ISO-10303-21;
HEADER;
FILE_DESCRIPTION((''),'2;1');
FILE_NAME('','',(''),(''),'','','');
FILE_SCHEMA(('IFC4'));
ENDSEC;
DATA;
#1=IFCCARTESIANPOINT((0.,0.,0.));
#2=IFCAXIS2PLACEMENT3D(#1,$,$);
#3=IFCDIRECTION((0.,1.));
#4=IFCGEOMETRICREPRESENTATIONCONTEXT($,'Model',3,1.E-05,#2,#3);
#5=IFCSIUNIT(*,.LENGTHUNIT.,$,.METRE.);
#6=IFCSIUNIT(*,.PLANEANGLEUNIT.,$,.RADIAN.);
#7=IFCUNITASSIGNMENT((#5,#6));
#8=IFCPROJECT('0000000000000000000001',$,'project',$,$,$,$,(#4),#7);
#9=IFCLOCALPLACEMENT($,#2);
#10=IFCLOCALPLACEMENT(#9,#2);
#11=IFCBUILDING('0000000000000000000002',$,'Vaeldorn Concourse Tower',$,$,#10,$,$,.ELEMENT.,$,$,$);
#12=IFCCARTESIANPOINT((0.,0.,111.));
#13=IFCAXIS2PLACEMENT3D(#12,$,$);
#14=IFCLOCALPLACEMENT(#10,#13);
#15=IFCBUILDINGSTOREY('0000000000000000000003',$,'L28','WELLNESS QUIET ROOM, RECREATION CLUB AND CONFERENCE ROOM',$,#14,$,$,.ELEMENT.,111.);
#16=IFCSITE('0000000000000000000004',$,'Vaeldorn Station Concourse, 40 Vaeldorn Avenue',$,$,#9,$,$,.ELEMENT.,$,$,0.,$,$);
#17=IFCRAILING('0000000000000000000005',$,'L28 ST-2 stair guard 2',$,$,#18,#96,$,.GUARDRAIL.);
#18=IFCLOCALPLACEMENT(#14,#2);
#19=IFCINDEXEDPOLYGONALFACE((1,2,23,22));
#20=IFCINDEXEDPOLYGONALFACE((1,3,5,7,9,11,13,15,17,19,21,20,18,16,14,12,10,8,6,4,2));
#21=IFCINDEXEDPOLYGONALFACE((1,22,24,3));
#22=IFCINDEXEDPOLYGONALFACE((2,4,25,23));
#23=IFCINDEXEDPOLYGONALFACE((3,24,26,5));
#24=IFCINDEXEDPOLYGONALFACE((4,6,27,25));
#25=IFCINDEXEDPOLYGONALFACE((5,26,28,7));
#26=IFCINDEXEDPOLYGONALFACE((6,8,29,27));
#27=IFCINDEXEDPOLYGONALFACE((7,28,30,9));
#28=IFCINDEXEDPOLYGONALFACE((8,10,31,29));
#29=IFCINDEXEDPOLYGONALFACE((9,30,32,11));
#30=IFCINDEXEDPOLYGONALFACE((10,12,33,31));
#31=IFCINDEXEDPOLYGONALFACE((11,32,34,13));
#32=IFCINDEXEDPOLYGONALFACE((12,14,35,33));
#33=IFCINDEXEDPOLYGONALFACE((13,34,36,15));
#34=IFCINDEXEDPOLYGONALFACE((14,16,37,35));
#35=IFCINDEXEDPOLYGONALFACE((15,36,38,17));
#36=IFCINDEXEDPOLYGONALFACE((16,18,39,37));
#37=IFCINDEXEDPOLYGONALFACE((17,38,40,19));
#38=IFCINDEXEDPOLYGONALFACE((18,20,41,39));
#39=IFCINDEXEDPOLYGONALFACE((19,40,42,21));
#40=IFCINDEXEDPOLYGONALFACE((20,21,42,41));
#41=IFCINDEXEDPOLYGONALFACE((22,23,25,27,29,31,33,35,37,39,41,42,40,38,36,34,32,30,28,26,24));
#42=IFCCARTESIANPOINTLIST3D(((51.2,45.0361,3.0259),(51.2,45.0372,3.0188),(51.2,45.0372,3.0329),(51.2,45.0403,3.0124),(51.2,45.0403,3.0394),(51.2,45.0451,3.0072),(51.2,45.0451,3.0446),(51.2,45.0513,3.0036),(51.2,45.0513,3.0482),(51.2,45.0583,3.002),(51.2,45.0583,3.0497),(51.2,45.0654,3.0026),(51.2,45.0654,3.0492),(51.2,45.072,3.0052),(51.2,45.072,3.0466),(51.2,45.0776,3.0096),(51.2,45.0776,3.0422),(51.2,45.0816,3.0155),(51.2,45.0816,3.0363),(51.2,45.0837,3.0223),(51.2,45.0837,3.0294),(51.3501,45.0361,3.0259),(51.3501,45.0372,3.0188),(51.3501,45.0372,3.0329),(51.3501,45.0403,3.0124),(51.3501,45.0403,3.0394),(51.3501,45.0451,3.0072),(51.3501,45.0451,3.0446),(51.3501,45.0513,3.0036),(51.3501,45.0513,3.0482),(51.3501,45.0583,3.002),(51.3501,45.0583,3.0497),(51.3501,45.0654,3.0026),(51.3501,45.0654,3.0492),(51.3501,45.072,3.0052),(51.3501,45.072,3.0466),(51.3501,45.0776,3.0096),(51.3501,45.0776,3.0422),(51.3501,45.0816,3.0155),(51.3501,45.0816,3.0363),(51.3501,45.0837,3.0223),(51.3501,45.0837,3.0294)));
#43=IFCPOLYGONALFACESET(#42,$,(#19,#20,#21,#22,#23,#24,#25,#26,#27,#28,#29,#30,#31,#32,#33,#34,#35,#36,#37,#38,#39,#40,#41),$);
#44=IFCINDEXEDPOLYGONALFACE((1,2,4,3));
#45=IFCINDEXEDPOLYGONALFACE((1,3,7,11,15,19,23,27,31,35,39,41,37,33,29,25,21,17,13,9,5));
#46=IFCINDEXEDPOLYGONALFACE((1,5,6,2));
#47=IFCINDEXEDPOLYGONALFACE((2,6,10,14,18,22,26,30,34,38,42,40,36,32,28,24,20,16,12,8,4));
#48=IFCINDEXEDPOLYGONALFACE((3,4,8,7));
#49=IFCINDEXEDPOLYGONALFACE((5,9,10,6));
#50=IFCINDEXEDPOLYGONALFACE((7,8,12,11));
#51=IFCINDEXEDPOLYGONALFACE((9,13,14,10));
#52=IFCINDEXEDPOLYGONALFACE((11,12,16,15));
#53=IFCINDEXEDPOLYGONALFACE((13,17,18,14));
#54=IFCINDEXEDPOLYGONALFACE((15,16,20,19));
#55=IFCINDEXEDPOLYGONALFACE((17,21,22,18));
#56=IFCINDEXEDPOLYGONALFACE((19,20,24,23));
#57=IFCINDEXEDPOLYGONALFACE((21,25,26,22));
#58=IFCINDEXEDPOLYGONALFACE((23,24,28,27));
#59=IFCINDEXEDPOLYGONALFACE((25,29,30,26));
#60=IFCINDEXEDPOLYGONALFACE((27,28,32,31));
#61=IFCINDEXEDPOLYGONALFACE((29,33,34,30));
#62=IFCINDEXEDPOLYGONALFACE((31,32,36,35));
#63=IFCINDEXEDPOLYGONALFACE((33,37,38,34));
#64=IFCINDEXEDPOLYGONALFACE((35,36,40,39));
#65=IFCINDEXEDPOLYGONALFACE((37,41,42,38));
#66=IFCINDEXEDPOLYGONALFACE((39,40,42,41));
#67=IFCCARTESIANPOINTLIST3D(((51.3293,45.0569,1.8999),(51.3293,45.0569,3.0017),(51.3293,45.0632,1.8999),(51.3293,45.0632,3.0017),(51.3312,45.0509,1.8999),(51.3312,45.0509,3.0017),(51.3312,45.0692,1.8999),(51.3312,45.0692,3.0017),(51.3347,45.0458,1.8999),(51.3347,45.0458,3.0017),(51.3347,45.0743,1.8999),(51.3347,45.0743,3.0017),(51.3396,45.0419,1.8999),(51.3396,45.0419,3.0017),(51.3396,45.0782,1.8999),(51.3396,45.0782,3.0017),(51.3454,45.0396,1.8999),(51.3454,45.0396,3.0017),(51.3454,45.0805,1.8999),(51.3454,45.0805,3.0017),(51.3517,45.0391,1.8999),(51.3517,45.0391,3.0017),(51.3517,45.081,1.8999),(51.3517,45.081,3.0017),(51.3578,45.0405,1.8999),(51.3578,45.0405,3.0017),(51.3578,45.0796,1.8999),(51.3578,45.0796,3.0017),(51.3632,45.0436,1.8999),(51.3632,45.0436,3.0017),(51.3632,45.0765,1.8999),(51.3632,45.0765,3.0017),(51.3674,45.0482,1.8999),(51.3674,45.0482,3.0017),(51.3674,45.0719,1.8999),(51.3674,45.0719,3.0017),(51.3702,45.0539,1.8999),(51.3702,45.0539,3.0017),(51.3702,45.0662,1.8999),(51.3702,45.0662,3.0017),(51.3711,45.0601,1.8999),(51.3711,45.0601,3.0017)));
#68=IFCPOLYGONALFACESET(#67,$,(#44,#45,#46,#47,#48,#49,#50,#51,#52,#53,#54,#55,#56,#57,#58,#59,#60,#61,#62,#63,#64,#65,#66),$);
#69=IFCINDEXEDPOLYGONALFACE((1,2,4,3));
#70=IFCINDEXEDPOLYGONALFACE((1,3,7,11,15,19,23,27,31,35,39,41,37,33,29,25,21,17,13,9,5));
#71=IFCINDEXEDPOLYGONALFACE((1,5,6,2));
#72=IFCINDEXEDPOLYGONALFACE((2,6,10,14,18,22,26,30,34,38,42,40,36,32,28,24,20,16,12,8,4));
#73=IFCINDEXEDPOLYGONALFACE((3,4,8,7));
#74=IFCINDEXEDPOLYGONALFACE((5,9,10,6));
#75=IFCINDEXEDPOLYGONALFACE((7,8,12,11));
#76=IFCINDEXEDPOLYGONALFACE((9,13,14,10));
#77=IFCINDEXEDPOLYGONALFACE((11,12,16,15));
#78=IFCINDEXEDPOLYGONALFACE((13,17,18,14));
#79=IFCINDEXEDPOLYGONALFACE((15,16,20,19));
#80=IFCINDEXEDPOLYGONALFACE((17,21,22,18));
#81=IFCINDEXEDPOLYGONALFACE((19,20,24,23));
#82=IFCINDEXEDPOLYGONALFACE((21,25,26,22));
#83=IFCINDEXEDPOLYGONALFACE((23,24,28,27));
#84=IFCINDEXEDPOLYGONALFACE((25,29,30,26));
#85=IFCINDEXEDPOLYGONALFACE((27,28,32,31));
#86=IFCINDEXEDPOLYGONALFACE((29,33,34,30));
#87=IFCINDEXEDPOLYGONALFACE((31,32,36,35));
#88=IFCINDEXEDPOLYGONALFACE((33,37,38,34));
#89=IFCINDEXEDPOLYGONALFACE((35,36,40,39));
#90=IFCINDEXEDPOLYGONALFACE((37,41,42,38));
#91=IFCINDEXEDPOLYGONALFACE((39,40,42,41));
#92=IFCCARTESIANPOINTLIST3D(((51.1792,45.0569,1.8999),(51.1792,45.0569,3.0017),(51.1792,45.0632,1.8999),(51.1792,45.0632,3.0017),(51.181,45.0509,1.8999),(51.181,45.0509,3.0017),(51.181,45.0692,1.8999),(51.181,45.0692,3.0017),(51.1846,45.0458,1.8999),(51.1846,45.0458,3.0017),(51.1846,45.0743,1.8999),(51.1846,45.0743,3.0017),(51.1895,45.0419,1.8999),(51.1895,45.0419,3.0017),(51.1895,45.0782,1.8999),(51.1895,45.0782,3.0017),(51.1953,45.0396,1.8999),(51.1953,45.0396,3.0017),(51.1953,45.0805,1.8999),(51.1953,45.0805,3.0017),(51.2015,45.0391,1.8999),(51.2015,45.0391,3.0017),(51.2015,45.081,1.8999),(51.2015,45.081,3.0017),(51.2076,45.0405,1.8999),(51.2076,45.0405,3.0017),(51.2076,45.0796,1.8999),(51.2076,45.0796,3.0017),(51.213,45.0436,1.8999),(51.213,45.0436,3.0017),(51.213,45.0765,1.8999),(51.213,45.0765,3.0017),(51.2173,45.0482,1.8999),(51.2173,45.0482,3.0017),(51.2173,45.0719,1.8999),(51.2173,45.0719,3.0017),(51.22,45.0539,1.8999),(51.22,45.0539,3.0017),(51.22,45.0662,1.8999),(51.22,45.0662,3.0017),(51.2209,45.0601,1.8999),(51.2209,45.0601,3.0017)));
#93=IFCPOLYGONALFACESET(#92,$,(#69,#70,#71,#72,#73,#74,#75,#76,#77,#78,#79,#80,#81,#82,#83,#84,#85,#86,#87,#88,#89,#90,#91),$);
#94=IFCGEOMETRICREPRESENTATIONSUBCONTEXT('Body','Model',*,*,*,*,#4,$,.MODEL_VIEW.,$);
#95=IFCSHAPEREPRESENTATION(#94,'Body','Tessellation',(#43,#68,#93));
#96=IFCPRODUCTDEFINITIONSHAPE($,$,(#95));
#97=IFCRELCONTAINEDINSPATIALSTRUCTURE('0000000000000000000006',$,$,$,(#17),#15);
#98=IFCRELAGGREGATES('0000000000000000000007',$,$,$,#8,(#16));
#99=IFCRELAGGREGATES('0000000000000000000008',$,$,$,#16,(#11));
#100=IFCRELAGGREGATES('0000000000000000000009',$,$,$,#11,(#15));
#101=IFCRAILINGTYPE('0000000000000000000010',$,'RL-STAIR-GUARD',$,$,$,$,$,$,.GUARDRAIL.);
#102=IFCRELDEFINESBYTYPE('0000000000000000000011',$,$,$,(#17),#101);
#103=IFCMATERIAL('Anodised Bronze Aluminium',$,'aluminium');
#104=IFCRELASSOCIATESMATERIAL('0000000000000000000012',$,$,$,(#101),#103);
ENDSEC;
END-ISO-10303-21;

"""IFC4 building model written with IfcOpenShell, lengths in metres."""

from ifc_helpers import new_model, si_unit, direction, frame, origin, origin_2d, place, context, subcontext, project, spatial, circle, extrude, material, type_object, element, save


model = new_model("IFC4")

# Units and contexts
model_context = context("Model", 3, precision=1e-05, world=origin(), true_north=direction((0.0, 1.0)))
body_context = subcontext(model_context, "Body", "Model", "MODEL_VIEW")
ifc_project = project(units=[si_unit("LENGTHUNIT", "METRE"), si_unit("PLANEANGLEUNIT", "RADIAN")], contexts=[model_context])

# Site, building, storey
site_placement = place(None, origin())
site = spatial("IfcSite", under=ifc_project, at=site_placement, Name="Vaeldorn Station Concourse, 40 Vaeldorn Avenue", CompositionType="ELEMENT", RefElevation=0.0)
building_placement = place(site_placement, origin())
building = spatial("IfcBuilding", under=site, at=building_placement, Name="Vaeldorn Concourse Tower", CompositionType="ELEMENT")
storey_placement = place(building_placement, frame((0.0, 0.0, 111.0)))
storey = spatial("IfcBuildingStorey", under=building, at=storey_placement, Name="L28", Description="WELLNESS QUIET ROOM, RECREATION CLUB AND CONFERENCE ROOM", CompositionType="ELEMENT", Elevation=111.0)

# Shared definitions
ifc_material_1 = material(Name="Anodised Bronze Aluminium", Category="aluminium")

# Railing
railing_type_1 = type_object("IfcRailingType", Name="RL-STAIR-GUARD", PredefinedType="GUARDRAIL", material=ifc_material_1)
railing_1_placement = place(storey_placement, frame((51.3501, 45.0601, 1.8999)))
element("IfcRailing", 1, at=railing_1_placement, inside=storey, type_object=railing_type_1, Name="L28 ST-2 stair guard 2", PredefinedType="GUARDRAIL", context=body_context, shape_type="SweptSolid", body=[
    extrude(circle(Radius=0.0239, at=origin_2d()), frame((0.0, 0.0, 1.126), z_axis=(-1.0, 0.0, 0.0), x_axis=(0.0, -1.0, 0.0)), (0.0, 0.0, 1.0), 0.1501),
    extrude(circle(Radius=0.021, at=origin_2d()), origin(), (0.0, 0.0, 1.0), 1.1018),
    extrude(circle(Radius=0.021, at=origin_2d()), frame((-0.1501, 0.0, 0.0)), (0.0, 0.0, 1.0), 1.1018),
])

save(model, "model.ifc")
